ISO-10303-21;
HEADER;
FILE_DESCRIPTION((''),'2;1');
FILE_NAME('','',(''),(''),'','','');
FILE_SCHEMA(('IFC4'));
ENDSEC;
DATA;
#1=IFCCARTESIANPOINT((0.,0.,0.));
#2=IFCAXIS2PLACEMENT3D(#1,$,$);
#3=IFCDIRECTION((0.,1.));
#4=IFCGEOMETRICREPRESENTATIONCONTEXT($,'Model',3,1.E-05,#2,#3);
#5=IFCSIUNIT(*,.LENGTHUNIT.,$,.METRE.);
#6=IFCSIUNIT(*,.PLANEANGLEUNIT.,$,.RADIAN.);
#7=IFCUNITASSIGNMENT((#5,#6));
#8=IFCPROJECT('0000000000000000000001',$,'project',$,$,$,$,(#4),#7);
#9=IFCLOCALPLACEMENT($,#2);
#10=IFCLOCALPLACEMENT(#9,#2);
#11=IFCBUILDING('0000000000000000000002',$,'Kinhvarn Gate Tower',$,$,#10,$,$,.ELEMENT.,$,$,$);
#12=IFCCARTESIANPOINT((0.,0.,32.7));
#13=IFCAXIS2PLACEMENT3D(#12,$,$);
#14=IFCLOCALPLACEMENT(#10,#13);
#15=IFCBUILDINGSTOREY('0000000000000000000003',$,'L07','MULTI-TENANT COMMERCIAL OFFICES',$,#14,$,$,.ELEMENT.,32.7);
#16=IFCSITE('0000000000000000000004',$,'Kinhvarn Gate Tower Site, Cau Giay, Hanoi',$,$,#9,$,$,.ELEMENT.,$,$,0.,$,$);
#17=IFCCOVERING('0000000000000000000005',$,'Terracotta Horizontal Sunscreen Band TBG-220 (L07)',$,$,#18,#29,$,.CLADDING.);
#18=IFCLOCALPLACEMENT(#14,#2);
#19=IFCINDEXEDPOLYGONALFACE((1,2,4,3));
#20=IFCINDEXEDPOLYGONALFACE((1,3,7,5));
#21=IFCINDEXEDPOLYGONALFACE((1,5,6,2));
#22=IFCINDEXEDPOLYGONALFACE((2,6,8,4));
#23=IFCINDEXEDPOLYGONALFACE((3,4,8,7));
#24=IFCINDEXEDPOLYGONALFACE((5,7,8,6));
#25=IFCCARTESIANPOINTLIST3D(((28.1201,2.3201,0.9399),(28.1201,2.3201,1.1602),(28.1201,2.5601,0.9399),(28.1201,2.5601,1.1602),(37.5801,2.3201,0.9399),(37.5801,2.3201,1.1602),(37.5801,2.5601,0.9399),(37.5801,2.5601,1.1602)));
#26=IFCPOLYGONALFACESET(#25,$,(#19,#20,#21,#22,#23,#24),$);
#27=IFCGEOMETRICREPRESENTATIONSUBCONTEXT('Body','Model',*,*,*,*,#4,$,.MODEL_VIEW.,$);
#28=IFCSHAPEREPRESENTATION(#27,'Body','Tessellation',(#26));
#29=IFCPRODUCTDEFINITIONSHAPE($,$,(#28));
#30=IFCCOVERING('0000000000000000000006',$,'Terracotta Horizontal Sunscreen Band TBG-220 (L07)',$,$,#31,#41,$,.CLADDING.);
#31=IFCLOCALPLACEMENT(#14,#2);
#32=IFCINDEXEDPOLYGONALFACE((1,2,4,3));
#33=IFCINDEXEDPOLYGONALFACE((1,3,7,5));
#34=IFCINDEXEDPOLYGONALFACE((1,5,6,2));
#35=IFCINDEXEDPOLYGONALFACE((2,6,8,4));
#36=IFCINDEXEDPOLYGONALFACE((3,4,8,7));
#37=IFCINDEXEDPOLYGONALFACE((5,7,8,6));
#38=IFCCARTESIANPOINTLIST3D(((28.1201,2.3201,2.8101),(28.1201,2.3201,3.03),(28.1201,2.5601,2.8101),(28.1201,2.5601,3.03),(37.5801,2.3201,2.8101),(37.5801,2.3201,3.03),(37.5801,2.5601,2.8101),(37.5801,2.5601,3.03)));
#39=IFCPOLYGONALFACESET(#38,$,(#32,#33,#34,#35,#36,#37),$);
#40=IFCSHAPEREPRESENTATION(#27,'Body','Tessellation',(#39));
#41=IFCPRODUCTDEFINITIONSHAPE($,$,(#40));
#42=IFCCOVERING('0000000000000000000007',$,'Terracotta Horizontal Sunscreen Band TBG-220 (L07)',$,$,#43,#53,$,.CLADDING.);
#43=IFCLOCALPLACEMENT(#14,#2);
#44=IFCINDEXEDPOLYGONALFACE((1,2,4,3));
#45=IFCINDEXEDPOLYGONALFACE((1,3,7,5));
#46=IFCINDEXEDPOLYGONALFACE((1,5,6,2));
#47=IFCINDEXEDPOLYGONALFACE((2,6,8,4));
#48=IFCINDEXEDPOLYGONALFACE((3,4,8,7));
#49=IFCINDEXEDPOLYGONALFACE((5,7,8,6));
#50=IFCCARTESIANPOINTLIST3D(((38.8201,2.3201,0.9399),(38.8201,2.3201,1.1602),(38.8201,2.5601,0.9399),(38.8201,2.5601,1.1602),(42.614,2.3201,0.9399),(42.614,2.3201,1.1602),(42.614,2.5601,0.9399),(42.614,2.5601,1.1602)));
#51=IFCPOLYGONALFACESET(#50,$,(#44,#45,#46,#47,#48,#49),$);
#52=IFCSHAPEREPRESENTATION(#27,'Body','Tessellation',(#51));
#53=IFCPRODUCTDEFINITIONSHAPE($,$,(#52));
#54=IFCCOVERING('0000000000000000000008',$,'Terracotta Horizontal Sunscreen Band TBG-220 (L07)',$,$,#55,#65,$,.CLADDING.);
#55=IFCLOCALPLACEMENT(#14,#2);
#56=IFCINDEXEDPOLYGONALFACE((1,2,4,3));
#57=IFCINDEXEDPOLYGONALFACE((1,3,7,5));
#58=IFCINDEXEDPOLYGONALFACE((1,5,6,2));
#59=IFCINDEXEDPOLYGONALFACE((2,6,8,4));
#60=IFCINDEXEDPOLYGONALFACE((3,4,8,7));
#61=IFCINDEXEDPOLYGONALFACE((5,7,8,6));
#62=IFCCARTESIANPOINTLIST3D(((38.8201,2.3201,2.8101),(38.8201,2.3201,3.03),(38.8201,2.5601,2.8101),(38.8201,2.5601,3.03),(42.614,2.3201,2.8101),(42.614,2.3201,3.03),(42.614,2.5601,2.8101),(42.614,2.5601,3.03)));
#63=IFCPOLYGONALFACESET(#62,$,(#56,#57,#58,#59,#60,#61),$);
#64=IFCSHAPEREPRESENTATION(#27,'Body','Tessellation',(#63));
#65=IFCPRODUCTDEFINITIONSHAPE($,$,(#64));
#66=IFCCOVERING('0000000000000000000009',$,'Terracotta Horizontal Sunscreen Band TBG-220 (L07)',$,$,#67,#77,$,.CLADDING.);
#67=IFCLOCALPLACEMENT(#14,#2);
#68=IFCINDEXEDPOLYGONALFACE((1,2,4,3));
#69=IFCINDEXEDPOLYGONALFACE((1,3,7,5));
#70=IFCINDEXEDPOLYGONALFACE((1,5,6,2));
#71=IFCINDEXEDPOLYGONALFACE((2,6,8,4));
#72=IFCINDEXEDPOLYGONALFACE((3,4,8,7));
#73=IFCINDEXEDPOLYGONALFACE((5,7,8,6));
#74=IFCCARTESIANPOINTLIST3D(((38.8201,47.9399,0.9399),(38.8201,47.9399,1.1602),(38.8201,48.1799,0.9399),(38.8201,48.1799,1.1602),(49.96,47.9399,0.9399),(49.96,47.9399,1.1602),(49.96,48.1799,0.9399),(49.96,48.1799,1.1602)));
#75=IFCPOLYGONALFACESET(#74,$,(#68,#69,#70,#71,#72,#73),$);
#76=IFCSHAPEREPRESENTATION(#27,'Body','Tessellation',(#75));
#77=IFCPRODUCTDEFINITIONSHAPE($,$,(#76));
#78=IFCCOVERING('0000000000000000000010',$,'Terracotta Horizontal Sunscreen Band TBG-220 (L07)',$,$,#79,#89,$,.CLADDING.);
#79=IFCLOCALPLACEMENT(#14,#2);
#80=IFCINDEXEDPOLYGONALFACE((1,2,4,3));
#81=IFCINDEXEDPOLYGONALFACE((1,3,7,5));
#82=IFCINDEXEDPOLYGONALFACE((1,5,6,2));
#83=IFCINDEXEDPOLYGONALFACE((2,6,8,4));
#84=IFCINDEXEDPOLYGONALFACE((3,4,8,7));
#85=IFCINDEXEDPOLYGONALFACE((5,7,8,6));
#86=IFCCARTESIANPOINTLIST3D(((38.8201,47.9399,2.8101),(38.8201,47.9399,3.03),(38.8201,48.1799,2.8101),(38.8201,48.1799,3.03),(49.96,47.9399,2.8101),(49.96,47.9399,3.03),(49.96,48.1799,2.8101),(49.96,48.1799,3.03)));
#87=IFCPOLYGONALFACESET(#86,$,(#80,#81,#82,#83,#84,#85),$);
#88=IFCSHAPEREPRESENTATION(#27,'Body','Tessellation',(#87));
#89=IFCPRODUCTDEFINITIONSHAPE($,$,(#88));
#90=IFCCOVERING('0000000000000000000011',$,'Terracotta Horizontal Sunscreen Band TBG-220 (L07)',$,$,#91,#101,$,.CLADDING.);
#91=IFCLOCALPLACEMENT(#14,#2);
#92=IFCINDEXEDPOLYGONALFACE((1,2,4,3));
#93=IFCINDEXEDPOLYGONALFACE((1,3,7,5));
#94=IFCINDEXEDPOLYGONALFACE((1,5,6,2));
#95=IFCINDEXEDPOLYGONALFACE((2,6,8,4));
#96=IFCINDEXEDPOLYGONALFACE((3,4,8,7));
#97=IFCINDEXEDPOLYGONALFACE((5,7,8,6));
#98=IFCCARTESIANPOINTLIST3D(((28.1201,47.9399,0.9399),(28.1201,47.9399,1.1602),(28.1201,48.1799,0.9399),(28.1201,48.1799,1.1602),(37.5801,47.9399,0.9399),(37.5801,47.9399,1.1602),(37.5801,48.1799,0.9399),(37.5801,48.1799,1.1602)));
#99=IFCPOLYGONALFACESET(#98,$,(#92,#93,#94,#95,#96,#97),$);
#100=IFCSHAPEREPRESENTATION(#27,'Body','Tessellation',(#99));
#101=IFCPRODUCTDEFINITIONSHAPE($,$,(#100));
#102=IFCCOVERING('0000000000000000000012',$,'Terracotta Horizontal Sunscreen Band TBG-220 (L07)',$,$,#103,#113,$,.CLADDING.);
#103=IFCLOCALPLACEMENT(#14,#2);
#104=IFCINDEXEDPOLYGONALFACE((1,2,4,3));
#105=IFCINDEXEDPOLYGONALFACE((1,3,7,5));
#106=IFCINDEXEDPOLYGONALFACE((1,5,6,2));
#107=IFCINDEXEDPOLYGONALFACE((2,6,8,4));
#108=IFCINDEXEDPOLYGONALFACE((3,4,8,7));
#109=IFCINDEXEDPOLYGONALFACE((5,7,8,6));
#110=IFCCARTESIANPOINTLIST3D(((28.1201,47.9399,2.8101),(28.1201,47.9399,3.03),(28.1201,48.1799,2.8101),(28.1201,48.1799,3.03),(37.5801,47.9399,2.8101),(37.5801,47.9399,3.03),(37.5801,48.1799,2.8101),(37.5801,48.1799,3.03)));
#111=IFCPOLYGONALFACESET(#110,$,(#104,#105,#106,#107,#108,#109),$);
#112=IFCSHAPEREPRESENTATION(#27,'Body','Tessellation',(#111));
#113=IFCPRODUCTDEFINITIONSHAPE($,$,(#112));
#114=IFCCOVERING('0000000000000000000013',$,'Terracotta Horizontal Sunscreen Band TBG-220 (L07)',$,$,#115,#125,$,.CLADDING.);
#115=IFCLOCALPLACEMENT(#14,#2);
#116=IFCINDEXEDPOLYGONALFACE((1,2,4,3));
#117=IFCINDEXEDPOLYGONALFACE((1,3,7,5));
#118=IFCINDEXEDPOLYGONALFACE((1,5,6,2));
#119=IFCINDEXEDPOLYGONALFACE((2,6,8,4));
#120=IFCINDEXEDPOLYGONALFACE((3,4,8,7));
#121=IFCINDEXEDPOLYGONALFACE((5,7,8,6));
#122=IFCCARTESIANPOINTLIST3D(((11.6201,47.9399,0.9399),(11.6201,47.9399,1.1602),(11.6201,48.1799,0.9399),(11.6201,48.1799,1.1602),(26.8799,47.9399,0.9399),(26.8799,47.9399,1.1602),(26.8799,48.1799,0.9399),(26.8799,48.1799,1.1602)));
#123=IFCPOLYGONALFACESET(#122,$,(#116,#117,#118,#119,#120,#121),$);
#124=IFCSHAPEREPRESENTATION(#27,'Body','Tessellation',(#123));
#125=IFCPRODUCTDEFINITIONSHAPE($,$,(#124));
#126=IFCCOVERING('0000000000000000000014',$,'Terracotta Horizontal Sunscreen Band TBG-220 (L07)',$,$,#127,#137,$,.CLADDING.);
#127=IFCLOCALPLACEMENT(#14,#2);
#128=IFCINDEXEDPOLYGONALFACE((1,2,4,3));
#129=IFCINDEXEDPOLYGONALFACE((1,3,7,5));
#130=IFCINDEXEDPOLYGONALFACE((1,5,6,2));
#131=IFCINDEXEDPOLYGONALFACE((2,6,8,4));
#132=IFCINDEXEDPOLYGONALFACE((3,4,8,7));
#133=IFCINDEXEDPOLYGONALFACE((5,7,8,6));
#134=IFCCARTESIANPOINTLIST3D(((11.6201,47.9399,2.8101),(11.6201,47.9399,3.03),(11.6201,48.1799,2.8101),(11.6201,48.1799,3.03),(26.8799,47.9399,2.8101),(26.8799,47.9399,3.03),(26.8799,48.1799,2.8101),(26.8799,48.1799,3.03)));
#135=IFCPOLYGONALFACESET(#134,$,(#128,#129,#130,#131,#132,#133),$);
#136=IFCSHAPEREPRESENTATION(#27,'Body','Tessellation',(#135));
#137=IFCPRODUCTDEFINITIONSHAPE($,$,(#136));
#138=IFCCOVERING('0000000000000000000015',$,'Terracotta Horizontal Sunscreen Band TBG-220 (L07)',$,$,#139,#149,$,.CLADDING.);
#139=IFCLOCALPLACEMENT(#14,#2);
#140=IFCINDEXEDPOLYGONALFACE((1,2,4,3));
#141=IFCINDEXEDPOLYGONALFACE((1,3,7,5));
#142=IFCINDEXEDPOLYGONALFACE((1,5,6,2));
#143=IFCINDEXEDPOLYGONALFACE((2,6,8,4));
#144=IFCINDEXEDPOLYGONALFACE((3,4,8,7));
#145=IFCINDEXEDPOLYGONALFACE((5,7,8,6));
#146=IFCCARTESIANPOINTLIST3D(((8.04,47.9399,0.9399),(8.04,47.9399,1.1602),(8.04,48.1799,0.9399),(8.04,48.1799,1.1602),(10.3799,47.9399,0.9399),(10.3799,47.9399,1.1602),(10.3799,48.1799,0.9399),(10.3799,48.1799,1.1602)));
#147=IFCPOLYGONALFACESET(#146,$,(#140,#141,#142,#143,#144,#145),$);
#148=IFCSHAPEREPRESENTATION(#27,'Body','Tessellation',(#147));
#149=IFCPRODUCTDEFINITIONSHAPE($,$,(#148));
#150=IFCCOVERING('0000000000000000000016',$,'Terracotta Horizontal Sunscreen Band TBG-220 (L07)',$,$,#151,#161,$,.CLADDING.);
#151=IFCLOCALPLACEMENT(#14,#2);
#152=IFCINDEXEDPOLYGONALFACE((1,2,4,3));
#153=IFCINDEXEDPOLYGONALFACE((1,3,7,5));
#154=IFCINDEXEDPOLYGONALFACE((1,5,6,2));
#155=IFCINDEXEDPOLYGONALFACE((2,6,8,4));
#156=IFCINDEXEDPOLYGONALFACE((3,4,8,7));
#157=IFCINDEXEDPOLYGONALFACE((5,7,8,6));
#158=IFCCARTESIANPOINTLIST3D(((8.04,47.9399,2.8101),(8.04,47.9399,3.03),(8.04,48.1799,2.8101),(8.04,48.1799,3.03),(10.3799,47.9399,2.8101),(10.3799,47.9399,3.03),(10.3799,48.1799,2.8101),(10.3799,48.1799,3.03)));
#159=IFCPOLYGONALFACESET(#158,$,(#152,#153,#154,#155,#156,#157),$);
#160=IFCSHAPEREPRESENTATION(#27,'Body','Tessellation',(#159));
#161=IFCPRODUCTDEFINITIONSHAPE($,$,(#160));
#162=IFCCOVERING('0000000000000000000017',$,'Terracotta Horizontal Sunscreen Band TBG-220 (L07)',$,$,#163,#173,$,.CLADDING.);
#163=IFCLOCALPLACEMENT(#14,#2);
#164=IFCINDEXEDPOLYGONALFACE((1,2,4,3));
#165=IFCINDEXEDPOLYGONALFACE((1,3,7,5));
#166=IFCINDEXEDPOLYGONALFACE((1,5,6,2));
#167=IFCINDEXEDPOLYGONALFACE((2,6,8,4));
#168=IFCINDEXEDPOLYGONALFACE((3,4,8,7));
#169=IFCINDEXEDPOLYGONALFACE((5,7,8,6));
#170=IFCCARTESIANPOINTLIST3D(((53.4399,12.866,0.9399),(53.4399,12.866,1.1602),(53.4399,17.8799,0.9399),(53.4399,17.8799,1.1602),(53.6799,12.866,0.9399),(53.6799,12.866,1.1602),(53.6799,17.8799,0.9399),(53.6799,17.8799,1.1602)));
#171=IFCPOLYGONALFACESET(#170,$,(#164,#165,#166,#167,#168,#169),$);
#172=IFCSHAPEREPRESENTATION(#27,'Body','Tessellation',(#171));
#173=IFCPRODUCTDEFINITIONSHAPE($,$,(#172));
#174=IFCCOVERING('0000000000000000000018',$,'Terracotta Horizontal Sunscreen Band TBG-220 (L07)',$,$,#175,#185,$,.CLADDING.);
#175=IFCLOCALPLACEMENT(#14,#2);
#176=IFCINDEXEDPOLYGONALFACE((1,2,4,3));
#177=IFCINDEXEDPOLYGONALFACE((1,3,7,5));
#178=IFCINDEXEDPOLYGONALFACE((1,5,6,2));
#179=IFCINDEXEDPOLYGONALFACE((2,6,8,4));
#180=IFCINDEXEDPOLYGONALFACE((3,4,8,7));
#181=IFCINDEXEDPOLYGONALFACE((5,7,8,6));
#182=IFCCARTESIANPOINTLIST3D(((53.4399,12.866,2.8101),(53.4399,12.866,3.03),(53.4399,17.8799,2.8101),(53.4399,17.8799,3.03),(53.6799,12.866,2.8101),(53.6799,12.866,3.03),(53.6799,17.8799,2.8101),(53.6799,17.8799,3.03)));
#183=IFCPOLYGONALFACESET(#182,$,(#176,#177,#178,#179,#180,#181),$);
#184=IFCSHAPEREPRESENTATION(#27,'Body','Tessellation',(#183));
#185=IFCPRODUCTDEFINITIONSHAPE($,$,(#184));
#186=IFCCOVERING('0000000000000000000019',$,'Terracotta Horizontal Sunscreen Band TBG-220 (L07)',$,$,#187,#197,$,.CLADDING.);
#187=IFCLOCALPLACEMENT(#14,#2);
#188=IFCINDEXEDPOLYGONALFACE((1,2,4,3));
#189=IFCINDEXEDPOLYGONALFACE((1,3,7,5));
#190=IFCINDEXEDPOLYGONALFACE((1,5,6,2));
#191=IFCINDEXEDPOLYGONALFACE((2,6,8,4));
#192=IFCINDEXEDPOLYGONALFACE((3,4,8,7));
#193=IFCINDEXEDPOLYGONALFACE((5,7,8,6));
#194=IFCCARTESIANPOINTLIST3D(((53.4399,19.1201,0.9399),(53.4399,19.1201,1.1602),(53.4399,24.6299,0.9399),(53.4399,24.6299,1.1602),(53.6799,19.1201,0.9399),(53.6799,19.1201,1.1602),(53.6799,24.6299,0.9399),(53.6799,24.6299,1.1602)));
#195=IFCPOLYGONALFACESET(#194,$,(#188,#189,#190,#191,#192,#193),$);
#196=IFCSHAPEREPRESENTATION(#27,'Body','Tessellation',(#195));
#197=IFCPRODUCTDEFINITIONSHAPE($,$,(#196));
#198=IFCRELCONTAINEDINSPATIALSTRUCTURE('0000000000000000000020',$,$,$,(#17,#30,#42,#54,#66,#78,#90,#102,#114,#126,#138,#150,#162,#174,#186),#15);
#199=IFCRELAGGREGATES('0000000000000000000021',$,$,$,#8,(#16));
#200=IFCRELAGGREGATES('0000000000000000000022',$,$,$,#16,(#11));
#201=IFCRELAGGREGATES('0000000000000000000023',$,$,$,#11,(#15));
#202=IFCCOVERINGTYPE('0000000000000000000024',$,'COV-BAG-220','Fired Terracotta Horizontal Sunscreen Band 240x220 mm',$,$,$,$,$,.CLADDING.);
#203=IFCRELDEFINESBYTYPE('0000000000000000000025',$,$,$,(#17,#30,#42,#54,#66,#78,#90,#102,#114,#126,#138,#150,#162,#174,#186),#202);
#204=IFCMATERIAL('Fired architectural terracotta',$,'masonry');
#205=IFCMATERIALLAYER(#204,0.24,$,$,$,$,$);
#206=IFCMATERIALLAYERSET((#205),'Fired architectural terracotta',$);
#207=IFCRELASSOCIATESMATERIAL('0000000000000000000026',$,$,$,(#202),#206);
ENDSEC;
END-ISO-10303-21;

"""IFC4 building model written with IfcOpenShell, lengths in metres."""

from ifc_helpers import new_model, si_unit, direction, frame, origin, place, context, subcontext, project, spatial, polyline, outline, extrude, material, layer, layer_set, type_object, element, save


model = new_model("IFC4")

# Units and contexts
model_context = context("Model", 3, precision=1e-05, world=origin(), true_north=direction((0.0, 1.0)))
body_context = subcontext(model_context, "Body", "Model", "MODEL_VIEW")
ifc_project = project(units=[si_unit("LENGTHUNIT", "METRE"), si_unit("PLANEANGLEUNIT", "RADIAN")], contexts=[model_context])

# Site, building, storey
site_placement = place(None, origin())
site = spatial("IfcSite", under=ifc_project, at=site_placement, Name="Kinhvarn Gate Tower Site, Cau Giay, Hanoi", CompositionType="ELEMENT", RefElevation=0.0)
building_placement = place(site_placement, origin())
building = spatial("IfcBuilding", under=site, at=building_placement, Name="Kinhvarn Gate Tower", CompositionType="ELEMENT")
storey_placement = place(building_placement, frame((0.0, 0.0, 32.7)))
storey = spatial("IfcBuildingStorey", under=building, at=storey_placement, Name="L07", Description="MULTI-TENANT COMMERCIAL OFFICES", CompositionType="ELEMENT", Elevation=32.7)

# Coverings
ifc_material_1 = material(Name="Fired architectural terracotta", Category="masonry")
ifc_layer_1 = layer(ifc_material_1, 0.24)
ifc_layer_set_1 = layer_set([ifc_layer_1], Name="Fired architectural terracotta")
covering_type_1 = type_object("IfcCoveringType", Name="COV-BAG-220", Description="Fired Terracotta Horizontal Sunscreen Band 240x220 mm", PredefinedType="CLADDING", material=ifc_layer_set_1)
covering_1_placement = place(storey_placement, frame((0.0, 0.0, 0.9399)))
element("IfcCovering", 1, at=covering_1_placement, inside=storey, type_object=covering_type_1, Name="Terracotta Horizontal Sunscreen Band TBG-220 (L07)", PredefinedType="CLADDING", context=body_context, shape_type="SweptSolid", body=[
    extrude(outline(polyline([(28.1201, 2.5601), (37.5801, 2.5601), (37.5801, 2.3201), (28.1201, 2.3201), (28.1201, 2.5601)])), origin(), (0.0, 0.0, 1.0), 0.2202),
])
covering_2_placement = place(storey_placement, frame((0.0, 0.0, 2.8101)))
element("IfcCovering", 2, at=covering_2_placement, inside=storey, type_object=covering_type_1, Name="Terracotta Horizontal Sunscreen Band TBG-220 (L07)", PredefinedType="CLADDING", context=body_context, shape_type="SweptSolid", body=[
    extrude(outline(polyline([(28.1201, 2.5601), (37.5801, 2.5601), (37.5801, 2.3201), (28.1201, 2.3201), (28.1201, 2.5601)])), origin(), (0.0, 0.0, 1.0), 0.22),
])
covering_3_placement = place(storey_placement, frame((0.0, 0.0, 0.9399)))
element("IfcCovering", 3, at=covering_3_placement, inside=storey, type_object=covering_type_1, Name="Terracotta Horizontal Sunscreen Band TBG-220 (L07)", PredefinedType="CLADDING", context=body_context, shape_type="SweptSolid", body=[
    extrude(outline(polyline([(38.8201, 2.5601), (42.614, 2.5601), (42.614, 2.3201), (38.8201, 2.3201), (38.8201, 2.5601)])), origin(), (0.0, 0.0, 1.0), 0.2202),
])
covering_4_placement = place(storey_placement, frame((0.0, 0.0, 2.8101)))
element("IfcCovering", 4, at=covering_4_placement, inside=storey, type_object=covering_type_1, Name="Terracotta Horizontal Sunscreen Band TBG-220 (L07)", PredefinedType="CLADDING", context=body_context, shape_type="SweptSolid", body=[
    extrude(outline(polyline([(38.8201, 2.5601), (42.614, 2.5601), (42.614, 2.3201), (38.8201, 2.3201), (38.8201, 2.5601)])), origin(), (0.0, 0.0, 1.0), 0.22),
])
covering_5_placement = place(storey_placement, frame((0.0, 0.0, 0.9399)))
element("IfcCovering", 5, at=covering_5_placement, inside=storey, type_object=covering_type_1, Name="Terracotta Horizontal Sunscreen Band TBG-220 (L07)", PredefinedType="CLADDING", context=body_context, shape_type="SweptSolid", body=[
    extrude(outline(polyline([(49.96, 47.9399), (38.8201, 47.9399), (38.8201, 48.1799), (49.96, 48.1799), (49.96, 47.9399)])), origin(), (0.0, 0.0, 1.0), 0.2202),
])
covering_6_placement = place(storey_placement, frame((0.0, 0.0, 2.8101)))
element("IfcCovering", 6, at=covering_6_placement, inside=storey, type_object=covering_type_1, Name="Terracotta Horizontal Sunscreen Band TBG-220 (L07)", PredefinedType="CLADDING", context=body_context, shape_type="SweptSolid", body=[
    extrude(outline(polyline([(49.96, 47.9399), (38.8201, 47.9399), (38.8201, 48.1799), (49.96, 48.1799), (49.96, 47.9399)])), origin(), (0.0, 0.0, 1.0), 0.22),
])
covering_7_placement = place(storey_placement, frame((0.0, 0.0, 0.9399)))
element("IfcCovering", 7, at=covering_7_placement, inside=storey, type_object=covering_type_1, Name="Terracotta Horizontal Sunscreen Band TBG-220 (L07)", PredefinedType="CLADDING", context=body_context, shape_type="SweptSolid", body=[
    extrude(outline(polyline([(37.5801, 47.9399), (28.1201, 47.9399), (28.1201, 48.1799), (37.5801, 48.1799), (37.5801, 47.9399)])), origin(), (0.0, 0.0, 1.0), 0.2202),
])
covering_8_placement = place(storey_placement, frame((0.0, 0.0, 2.8101)))
element("IfcCovering", 8, at=covering_8_placement, inside=storey, type_object=covering_type_1, Name="Terracotta Horizontal Sunscreen Band TBG-220 (L07)", PredefinedType="CLADDING", context=body_context, shape_type="SweptSolid", body=[
    extrude(outline(polyline([(37.5801, 47.9399), (28.1201, 47.9399), (28.1201, 48.1799), (37.5801, 48.1799), (37.5801, 47.9399)])), origin(), (0.0, 0.0, 1.0), 0.22),
])
covering_9_placement = place(storey_placement, frame((0.0, 0.0, 0.9399)))
element("IfcCovering", 9, at=covering_9_placement, inside=storey, type_object=covering_type_1, Name="Terracotta Horizontal Sunscreen Band TBG-220 (L07)", PredefinedType="CLADDING", context=body_context, shape_type="SweptSolid", body=[
    extrude(outline(polyline([(26.8799, 47.9399), (11.6201, 47.9399), (11.6201, 48.1799), (26.8799, 48.1799), (26.8799, 47.9399)])), origin(), (0.0, 0.0, 1.0), 0.2202),
])
covering_10_placement = place(storey_placement, frame((0.0, 0.0, 2.8101)))
element("IfcCovering", 10, at=covering_10_placement, inside=storey, type_object=covering_type_1, Name="Terracotta Horizontal Sunscreen Band TBG-220 (L07)", PredefinedType="CLADDING", context=body_context, shape_type="SweptSolid", body=[
    extrude(outline(polyline([(26.8799, 47.9399), (11.6201, 47.9399), (11.6201, 48.1799), (26.8799, 48.1799), (26.8799, 47.9399)])), origin(), (0.0, 0.0, 1.0), 0.22),
])
covering_11_placement = place(storey_placement, frame((0.0, 0.0, 0.9399)))
element("IfcCovering", 11, at=covering_11_placement, inside=storey, type_object=covering_type_1, Name="Terracotta Horizontal Sunscreen Band TBG-220 (L07)", PredefinedType="CLADDING", context=body_context, shape_type="SweptSolid", body=[
    extrude(outline(polyline([(10.3799, 47.9399), (8.04, 47.9399), (8.04, 48.1799), (10.3799, 48.1799), (10.3799, 47.9399)])), origin(), (0.0, 0.0, 1.0), 0.2202),
])
covering_12_placement = place(storey_placement, frame((0.0, 0.0, 2.8101)))
element("IfcCovering", 12, at=covering_12_placement, inside=storey, type_object=covering_type_1, Name="Terracotta Horizontal Sunscreen Band TBG-220 (L07)", PredefinedType="CLADDING", context=body_context, shape_type="SweptSolid", body=[
    extrude(outline(polyline([(10.3799, 47.9399), (8.04, 47.9399), (8.04, 48.1799), (10.3799, 48.1799), (10.3799, 47.9399)])), origin(), (0.0, 0.0, 1.0), 0.22),
])
covering_13_placement = place(storey_placement, frame((0.0, 0.0, 0.9399)))
element("IfcCovering", 13, at=covering_13_placement, inside=storey, type_object=covering_type_1, Name="Terracotta Horizontal Sunscreen Band TBG-220 (L07)", PredefinedType="CLADDING", context=body_context, shape_type="SweptSolid", body=[
    extrude(outline(polyline([(53.4399, 12.866), (53.4399, 17.8799), (53.6799, 17.8799), (53.6799, 12.866), (53.4399, 12.866)])), origin(), (0.0, 0.0, 1.0), 0.2202),
])
covering_14_placement = place(storey_placement, frame((0.0, 0.0, 2.8101)))
element("IfcCovering", 14, at=covering_14_placement, inside=storey, type_object=covering_type_1, Name="Terracotta Horizontal Sunscreen Band TBG-220 (L07)", PredefinedType="CLADDING", context=body_context, shape_type="SweptSolid", body=[
    extrude(outline(polyline([(53.4399, 12.866), (53.4399, 17.8799), (53.6799, 17.8799), (53.6799, 12.866), (53.4399, 12.866)])), origin(), (0.0, 0.0, 1.0), 0.22),
])
covering_15_placement = place(storey_placement, frame((0.0, 0.0, 0.9399)))
element("IfcCovering", 15, at=covering_15_placement, inside=storey, type_object=covering_type_1, Name="Terracotta Horizontal Sunscreen Band TBG-220 (L07)", PredefinedType="CLADDING", context=body_context, shape_type="SweptSolid", body=[
    extrude(outline(polyline([(53.4399, 19.1201), (53.4399, 24.6299), (53.6799, 24.6299), (53.6799, 19.1201), (53.4399, 19.1201)])), origin(), (0.0, 0.0, 1.0), 0.2202),
])

save(model, "model.ifc")
